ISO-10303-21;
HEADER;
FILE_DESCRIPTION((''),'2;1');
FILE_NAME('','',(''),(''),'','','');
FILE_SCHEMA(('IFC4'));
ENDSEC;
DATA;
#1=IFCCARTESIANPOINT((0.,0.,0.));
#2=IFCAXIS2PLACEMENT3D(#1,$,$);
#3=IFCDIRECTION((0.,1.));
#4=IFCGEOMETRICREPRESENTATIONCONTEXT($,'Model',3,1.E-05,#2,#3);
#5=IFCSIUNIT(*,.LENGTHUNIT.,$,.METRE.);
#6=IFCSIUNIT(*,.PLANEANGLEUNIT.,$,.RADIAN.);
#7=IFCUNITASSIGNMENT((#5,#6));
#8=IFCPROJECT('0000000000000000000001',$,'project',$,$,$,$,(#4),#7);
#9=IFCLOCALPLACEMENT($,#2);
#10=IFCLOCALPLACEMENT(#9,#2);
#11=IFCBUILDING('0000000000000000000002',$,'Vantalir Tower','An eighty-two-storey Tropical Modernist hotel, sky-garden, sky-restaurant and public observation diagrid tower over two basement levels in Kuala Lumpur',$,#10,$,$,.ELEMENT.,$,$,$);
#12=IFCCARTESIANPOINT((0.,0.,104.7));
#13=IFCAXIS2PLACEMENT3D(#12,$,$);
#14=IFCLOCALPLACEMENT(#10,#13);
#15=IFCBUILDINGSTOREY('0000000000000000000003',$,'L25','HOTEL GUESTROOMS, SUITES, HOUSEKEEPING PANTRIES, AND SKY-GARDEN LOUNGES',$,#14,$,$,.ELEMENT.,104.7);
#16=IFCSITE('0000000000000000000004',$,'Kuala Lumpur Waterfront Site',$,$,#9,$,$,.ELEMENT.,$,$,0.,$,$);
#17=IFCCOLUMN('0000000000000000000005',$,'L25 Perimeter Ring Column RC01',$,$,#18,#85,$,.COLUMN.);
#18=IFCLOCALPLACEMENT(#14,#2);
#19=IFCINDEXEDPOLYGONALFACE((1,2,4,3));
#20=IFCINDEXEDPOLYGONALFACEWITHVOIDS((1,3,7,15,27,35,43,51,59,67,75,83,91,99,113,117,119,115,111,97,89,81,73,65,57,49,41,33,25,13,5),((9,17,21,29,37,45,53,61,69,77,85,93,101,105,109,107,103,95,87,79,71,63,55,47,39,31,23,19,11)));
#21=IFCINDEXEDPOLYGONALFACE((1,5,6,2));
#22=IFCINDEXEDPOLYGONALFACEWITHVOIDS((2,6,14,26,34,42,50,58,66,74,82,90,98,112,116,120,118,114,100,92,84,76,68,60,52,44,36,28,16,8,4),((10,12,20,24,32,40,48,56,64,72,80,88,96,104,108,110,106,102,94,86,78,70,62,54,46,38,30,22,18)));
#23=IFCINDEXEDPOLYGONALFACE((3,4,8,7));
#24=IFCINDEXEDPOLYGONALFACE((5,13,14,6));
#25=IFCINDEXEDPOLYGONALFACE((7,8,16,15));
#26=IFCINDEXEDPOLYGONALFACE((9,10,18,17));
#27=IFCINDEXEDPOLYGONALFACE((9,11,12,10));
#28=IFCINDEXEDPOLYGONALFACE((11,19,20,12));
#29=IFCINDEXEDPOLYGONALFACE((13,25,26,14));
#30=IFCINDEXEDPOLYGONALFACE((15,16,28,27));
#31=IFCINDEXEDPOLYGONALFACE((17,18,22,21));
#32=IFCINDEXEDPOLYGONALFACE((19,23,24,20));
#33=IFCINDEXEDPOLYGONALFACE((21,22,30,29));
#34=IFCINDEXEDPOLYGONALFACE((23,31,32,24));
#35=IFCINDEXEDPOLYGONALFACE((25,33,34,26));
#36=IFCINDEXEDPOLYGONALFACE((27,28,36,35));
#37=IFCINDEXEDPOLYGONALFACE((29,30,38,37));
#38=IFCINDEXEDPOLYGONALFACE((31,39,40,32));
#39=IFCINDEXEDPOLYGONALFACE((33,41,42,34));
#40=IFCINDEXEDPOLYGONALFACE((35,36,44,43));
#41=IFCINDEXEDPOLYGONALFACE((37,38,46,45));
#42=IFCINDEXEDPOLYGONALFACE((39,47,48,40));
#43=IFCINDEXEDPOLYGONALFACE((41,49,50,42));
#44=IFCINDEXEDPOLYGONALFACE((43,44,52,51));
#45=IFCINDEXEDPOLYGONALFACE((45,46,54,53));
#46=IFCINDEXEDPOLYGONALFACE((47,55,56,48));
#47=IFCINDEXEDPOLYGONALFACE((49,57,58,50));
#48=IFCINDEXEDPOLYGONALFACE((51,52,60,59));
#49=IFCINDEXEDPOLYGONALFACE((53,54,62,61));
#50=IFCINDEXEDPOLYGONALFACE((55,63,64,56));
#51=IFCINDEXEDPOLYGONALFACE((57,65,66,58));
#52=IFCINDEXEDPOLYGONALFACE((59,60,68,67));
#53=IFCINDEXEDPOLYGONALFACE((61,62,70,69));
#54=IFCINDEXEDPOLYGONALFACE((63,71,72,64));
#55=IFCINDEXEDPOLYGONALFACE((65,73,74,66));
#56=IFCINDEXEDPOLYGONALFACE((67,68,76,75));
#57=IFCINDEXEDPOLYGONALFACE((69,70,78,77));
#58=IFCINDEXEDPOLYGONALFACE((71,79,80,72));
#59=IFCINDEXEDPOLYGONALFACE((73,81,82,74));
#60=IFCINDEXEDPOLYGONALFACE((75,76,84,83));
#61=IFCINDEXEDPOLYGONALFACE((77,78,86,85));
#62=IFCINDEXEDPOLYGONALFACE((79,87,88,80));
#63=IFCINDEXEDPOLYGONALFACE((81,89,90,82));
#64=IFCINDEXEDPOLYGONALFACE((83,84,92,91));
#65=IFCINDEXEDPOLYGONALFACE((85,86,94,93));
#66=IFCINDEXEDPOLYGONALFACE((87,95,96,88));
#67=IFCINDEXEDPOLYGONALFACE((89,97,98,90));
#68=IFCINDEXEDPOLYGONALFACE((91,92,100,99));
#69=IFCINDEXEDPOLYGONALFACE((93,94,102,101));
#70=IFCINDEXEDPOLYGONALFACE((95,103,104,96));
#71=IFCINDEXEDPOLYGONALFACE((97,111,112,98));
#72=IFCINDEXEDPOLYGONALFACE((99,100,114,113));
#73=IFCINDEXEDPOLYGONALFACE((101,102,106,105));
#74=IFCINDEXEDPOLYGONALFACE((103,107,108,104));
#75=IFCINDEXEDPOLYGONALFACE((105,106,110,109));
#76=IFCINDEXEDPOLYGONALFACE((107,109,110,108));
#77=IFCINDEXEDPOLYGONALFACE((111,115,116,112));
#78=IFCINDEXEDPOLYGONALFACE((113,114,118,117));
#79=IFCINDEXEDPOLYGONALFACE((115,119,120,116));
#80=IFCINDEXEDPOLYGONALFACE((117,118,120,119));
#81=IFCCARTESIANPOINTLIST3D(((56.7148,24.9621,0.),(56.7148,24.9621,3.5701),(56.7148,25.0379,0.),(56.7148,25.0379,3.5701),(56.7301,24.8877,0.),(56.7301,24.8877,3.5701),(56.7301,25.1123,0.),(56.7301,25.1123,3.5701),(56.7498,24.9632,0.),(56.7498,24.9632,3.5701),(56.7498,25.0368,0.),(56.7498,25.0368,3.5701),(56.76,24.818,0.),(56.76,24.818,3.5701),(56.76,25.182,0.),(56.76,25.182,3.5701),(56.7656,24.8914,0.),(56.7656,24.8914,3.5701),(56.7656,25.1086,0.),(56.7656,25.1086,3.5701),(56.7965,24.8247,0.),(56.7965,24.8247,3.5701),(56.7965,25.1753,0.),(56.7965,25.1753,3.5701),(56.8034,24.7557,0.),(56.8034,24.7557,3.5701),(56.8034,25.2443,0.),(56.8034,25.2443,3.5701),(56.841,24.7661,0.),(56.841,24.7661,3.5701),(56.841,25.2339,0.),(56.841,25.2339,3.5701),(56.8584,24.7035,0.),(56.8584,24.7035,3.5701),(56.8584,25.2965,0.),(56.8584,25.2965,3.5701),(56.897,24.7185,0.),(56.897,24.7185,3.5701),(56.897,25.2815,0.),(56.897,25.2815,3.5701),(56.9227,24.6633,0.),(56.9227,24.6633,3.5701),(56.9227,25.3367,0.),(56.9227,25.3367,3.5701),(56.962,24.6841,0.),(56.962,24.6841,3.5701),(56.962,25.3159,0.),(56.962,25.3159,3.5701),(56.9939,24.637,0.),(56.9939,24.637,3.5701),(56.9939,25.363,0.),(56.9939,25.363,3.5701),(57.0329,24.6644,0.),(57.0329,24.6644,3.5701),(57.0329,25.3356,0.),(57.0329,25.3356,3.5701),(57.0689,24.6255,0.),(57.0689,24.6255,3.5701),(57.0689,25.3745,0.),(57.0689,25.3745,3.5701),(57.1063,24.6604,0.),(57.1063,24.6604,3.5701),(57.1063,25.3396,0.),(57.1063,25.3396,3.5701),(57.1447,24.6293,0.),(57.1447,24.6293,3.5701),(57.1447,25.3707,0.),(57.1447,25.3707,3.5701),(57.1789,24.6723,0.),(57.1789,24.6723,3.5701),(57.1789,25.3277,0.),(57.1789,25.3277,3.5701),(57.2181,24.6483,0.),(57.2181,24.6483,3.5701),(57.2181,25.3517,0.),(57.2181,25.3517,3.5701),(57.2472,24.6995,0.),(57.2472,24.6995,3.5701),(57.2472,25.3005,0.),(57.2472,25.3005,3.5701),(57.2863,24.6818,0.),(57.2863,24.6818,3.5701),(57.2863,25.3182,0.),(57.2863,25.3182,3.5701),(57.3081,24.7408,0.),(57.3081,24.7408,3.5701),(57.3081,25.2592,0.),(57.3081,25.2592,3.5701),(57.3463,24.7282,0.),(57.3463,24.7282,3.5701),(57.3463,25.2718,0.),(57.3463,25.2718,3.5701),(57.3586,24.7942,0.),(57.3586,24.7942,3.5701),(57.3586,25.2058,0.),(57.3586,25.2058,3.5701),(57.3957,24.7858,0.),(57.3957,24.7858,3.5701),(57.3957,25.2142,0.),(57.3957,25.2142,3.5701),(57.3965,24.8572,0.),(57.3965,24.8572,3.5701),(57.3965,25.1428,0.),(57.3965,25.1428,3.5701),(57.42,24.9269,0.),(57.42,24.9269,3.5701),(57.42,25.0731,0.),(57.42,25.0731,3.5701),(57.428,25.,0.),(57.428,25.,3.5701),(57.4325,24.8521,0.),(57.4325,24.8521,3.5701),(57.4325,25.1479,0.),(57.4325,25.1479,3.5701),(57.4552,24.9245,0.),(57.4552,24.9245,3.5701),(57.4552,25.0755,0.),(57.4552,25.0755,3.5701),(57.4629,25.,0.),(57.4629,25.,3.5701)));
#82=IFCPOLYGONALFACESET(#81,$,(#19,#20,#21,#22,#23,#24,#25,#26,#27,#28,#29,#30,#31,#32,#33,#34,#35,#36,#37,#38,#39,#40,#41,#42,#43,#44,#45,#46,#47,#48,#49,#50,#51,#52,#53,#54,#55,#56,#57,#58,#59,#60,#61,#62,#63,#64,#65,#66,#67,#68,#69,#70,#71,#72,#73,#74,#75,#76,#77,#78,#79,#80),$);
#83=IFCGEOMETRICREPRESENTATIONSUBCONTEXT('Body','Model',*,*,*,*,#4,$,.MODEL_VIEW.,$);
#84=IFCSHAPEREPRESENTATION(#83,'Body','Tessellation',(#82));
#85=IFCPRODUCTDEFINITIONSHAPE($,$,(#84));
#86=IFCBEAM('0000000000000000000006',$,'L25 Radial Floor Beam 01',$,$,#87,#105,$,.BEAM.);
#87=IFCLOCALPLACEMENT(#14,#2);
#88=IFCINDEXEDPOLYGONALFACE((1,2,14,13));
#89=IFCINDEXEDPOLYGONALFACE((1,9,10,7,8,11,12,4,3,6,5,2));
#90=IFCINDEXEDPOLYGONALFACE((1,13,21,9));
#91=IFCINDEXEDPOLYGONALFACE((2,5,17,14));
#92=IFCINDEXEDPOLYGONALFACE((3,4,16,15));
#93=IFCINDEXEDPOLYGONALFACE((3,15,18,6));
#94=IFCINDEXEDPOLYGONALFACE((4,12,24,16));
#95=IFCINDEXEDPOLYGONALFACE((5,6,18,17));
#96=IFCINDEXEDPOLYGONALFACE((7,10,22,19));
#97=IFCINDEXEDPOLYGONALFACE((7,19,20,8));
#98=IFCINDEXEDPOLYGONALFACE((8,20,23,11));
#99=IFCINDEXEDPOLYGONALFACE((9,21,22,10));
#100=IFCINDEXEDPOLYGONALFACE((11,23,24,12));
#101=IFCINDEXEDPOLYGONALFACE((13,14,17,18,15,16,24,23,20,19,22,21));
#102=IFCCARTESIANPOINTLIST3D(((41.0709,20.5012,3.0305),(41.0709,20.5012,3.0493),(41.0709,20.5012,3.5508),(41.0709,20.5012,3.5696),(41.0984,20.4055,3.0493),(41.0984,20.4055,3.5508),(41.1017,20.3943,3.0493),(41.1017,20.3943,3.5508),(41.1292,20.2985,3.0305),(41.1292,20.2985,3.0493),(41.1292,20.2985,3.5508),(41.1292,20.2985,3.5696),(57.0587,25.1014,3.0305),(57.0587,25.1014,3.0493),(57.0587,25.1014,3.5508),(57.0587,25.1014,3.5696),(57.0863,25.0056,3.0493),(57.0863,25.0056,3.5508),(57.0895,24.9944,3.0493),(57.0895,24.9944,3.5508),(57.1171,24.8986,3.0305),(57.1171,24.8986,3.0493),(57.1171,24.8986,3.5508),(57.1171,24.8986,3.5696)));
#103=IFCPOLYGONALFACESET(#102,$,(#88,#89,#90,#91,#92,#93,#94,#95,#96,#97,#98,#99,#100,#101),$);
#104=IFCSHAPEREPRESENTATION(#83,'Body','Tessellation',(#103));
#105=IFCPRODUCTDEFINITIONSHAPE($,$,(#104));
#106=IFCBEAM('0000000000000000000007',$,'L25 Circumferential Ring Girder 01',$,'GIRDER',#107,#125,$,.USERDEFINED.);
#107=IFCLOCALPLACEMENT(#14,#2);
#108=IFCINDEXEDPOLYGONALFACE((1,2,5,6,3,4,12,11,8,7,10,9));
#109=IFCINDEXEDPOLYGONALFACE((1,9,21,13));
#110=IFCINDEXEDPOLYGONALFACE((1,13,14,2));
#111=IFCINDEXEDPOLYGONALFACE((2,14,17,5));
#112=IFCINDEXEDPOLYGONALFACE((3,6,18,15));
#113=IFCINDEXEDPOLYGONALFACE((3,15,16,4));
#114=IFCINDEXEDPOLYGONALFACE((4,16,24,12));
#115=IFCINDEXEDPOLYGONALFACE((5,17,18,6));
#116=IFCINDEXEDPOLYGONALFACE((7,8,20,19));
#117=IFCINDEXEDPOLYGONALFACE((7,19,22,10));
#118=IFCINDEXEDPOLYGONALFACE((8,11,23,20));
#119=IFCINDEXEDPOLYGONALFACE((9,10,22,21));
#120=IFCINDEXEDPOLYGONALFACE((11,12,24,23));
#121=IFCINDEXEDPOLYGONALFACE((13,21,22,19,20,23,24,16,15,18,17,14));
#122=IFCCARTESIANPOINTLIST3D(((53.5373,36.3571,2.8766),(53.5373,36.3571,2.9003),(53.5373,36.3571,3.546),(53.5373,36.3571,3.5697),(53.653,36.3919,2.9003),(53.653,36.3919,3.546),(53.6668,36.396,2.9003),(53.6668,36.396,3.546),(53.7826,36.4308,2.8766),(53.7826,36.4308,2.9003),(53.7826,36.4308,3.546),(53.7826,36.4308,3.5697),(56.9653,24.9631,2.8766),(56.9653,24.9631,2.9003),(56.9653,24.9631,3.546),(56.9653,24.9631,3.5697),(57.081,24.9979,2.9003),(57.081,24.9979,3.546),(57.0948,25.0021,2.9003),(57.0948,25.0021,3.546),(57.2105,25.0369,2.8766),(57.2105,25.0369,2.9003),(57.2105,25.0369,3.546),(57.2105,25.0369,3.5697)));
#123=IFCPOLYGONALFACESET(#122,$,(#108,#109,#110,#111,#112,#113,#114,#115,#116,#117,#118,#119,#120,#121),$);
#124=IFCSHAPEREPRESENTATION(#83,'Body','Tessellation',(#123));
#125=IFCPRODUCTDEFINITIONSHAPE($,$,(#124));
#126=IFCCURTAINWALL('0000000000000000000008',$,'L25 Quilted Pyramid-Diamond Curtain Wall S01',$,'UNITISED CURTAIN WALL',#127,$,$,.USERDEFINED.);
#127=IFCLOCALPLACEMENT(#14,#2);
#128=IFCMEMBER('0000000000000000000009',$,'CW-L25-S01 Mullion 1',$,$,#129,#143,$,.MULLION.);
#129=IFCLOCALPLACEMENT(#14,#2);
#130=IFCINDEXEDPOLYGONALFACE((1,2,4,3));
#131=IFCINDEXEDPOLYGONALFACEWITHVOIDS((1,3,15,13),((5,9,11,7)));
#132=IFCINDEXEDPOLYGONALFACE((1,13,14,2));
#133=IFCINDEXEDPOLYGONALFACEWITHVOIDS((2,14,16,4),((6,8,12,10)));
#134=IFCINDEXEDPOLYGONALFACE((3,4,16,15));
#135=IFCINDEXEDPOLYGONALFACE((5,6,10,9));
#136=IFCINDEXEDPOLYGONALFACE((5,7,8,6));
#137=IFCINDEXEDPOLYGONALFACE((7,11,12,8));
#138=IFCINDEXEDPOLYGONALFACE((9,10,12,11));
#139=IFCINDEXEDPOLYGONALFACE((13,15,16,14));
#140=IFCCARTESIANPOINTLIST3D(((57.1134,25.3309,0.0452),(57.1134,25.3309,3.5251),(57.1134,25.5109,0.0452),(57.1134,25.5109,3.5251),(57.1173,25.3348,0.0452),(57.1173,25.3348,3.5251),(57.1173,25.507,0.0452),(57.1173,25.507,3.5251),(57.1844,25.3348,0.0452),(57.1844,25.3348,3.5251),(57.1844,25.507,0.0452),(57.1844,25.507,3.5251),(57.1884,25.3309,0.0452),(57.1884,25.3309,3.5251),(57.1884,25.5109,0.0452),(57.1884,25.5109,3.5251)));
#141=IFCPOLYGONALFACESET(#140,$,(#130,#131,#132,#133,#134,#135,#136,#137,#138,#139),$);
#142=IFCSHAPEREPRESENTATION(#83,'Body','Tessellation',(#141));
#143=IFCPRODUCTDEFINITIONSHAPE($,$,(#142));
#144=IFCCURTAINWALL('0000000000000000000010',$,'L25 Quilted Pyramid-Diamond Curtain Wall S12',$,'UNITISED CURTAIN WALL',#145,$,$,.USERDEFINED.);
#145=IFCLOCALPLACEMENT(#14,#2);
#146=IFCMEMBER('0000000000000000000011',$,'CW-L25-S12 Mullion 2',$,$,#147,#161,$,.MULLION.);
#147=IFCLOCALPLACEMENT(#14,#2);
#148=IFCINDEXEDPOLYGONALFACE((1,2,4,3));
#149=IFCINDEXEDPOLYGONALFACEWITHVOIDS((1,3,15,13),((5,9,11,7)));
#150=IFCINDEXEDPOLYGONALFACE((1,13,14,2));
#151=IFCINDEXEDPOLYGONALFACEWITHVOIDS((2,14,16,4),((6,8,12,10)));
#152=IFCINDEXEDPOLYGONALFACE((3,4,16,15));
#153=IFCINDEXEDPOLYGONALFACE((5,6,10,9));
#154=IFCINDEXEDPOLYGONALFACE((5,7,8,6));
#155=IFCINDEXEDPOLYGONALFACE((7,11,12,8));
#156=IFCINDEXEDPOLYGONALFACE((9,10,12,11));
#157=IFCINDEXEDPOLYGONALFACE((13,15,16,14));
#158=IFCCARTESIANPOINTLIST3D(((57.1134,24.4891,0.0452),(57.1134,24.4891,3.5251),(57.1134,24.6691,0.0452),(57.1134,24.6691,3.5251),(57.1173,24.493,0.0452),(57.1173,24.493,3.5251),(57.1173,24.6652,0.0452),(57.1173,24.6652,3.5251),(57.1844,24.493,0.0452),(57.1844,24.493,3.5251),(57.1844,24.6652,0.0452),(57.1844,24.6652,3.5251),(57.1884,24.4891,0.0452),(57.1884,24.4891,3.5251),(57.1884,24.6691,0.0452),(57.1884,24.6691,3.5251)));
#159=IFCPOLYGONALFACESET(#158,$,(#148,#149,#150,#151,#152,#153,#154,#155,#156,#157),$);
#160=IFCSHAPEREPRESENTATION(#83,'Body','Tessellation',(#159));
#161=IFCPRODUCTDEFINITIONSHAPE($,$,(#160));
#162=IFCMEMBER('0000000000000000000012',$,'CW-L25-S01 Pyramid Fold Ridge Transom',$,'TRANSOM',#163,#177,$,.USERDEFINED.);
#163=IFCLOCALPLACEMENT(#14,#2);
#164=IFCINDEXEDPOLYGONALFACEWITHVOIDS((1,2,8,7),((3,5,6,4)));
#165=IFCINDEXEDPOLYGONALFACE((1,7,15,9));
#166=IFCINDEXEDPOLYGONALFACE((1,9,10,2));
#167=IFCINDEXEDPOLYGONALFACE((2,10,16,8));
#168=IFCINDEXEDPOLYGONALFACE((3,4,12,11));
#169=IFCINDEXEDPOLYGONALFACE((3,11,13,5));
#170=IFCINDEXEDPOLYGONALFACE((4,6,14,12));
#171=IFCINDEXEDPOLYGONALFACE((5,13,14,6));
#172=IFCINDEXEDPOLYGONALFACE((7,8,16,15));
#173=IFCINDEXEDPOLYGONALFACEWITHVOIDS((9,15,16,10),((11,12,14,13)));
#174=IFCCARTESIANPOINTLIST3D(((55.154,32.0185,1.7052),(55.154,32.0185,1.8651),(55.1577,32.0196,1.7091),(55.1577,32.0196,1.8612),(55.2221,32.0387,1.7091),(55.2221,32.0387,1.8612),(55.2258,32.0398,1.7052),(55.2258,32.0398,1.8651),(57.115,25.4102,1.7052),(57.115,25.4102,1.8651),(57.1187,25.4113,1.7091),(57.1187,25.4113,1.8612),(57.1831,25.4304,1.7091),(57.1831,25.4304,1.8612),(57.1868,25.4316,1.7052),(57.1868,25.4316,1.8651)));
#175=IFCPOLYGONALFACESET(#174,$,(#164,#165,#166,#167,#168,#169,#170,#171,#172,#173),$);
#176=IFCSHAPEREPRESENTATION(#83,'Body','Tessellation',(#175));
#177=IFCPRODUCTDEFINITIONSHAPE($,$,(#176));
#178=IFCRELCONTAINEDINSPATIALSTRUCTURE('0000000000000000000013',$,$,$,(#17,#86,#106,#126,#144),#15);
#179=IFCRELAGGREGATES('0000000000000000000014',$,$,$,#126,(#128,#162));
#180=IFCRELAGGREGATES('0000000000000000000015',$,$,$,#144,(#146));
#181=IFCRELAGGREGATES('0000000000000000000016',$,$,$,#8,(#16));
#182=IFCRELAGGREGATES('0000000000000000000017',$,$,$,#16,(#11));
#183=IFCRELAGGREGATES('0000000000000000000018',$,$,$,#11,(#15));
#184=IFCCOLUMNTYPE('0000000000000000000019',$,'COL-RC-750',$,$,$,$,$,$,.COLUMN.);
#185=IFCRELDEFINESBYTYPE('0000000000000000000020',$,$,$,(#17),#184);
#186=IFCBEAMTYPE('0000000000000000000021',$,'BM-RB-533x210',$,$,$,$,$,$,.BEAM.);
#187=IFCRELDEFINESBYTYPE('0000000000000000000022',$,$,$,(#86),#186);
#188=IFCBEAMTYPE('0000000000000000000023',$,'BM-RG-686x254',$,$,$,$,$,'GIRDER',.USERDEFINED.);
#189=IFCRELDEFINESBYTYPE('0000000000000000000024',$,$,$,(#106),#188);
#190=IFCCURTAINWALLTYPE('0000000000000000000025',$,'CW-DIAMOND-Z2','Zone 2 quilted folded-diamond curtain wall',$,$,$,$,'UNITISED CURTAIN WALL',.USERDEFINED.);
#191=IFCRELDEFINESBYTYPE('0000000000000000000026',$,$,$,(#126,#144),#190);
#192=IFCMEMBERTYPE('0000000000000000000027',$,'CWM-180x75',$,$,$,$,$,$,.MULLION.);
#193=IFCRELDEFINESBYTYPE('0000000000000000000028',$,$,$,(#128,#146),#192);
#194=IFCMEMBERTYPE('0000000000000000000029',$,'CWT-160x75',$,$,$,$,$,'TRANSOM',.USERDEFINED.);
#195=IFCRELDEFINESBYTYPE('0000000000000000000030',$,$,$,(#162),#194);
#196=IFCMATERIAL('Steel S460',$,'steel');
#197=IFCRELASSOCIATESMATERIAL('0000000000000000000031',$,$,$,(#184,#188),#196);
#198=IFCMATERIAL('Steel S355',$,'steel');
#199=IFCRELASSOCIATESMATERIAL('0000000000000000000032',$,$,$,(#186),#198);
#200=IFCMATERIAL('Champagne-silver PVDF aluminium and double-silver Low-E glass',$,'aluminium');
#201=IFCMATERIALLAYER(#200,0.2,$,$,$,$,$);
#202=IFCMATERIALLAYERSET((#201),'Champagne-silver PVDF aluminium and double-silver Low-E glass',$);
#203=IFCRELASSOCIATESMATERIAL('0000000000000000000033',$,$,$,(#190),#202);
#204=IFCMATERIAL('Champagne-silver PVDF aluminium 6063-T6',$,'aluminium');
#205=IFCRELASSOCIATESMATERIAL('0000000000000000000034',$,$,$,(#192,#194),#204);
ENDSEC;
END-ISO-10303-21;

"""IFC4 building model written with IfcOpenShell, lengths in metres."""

from ifc_helpers import new_model, si_unit, direction, frame, origin, origin_2d, place, context, subcontext, project, spatial, hollow_rectangle, hollow_circle, i_section, extrude, material, layer, layer_set, material_profile, profile_set, type_object, element, aggregate, save


model = new_model("IFC4")

# Units and contexts
model_context = context("Model", 3, precision=1e-05, world=origin(), true_north=direction((0.0, 1.0)))
body_context = subcontext(model_context, "Body", "Model", "MODEL_VIEW")
ifc_project = project(units=[si_unit("LENGTHUNIT", "METRE"), si_unit("PLANEANGLEUNIT", "RADIAN")], contexts=[model_context])

# Site, building, storey
site_placement = place(None, origin())
site = spatial("IfcSite", under=ifc_project, at=site_placement, Name="Kuala Lumpur Waterfront Site", CompositionType="ELEMENT", RefElevation=0.0)
building_placement = place(site_placement, origin())
building = spatial("IfcBuilding", under=site, at=building_placement, Name="Vantalir Tower", Description="An eighty-two-storey Tropical Modernist hotel, sky-garden, sky-restaurant and public observation diagrid tower over two basement levels in Kuala Lumpur", CompositionType="ELEMENT")
storey_placement = place(building_placement, frame((0.0, 0.0, 104.7)))
storey = spatial("IfcBuildingStorey", under=building, at=storey_placement, Name="L25", Description="HOTEL GUESTROOMS, SUITES, HOUSEKEEPING PANTRIES, AND SKY-GARDEN LOUNGES", CompositionType="ELEMENT", Elevation=104.7)

# Column
ifc_material_1 = material(Name="Steel S460", Category="steel")
ifc_material_profile_1 = material_profile(ifc_material_1, hollow_circle(Radius=0.375, WallThickness=0.0349, at=origin_2d()), Name="Steel S460")
ifc_profile_set_1 = profile_set([ifc_material_profile_1], Name="Steel S460")
column_type = type_object("IfcColumnType", Name="COL-RC-750", PredefinedType="COLUMN", material=ifc_profile_set_1)
column_placement = place(storey_placement, frame((57.0879, 25.0, 0.0), z_axis=(0.0, 0.0, 1.0), x_axis=(1.0, 0.0, 0.0)))
element("IfcColumn", 1, at=column_placement, inside=storey, type_object=column_type, Name="L25 Perimeter Ring Column RC01", PredefinedType="COLUMN", context=body_context, shape_type="SweptSolid", body=[
    extrude(hollow_circle(Radius=0.375, WallThickness=0.0349, at=origin_2d()), origin(), (0.0, 0.0, 1.0), 3.5701),
])

# Beams
ifc_material_2 = material(Name="Steel S355", Category="steel")
ifc_material_profile_2 = material_profile(ifc_material_2, i_section(OverallWidth=0.2109, OverallDepth=0.5391, WebThickness=0.0117, FlangeThickness=0.0188, at=origin_2d()), Name="Steel S355")
ifc_profile_set_2 = profile_set([ifc_material_profile_2], Name="Steel S355")
beam_type_1 = type_object("IfcBeamType", Name="BM-RB-533x210", PredefinedType="BEAM", material=ifc_profile_set_2)
beam_1_placement = place(storey_placement, frame((57.0879, 25.0, 3.3), z_axis=(-0.961012, -0.276508, 0.0), x_axis=(0.276508, -0.961012, 0.0)))
element("IfcBeam", 2, at=beam_1_placement, inside=storey, type_object=beam_type_1, Name="L25 Radial Floor Beam 01", PredefinedType="BEAM", context=body_context, shape_type="SweptSolid", body=[
    extrude(i_section(OverallWidth=0.2109, OverallDepth=0.5391, WebThickness=0.0117, FlangeThickness=0.0188, at=origin_2d()), origin(), (0.0, 0.0, 1.0), 16.6365),
])
ifc_material_profile_3 = material_profile(ifc_material_1, i_section(OverallWidth=0.2561, OverallDepth=0.6931, WebThickness=0.0144, FlangeThickness=0.0237, at=origin_2d()), Name="Steel S460")
ifc_profile_set_3 = profile_set([ifc_material_profile_3], Name="Steel S460")
beam_type_2 = type_object("IfcBeamType", Name="BM-RG-686x254", ElementType="GIRDER", PredefinedType="USERDEFINED", material=ifc_profile_set_3)
beam_2_placement = place(storey_placement, frame((57.0879, 25.0, 3.2231), z_axis=(-0.288101, 0.9576, 0.0), x_axis=(-0.9576, -0.288101, 0.0)))
element("IfcBeam", 3, at=beam_2_placement, inside=storey, type_object=beam_type_2, Name="L25 Circumferential Ring Girder 01", ObjectType="GIRDER", PredefinedType="USERDEFINED", context=body_context, shape_type="SweptSolid", body=[
    extrude(i_section(OverallWidth=0.2561, OverallDepth=0.6931, WebThickness=0.0144, FlangeThickness=0.0237, at=origin_2d()), origin(), (0.0, 0.0, 1.0), 11.8984),
])

# Curtain walls, members
ifc_material_3 = material(Name="Champagne-silver PVDF aluminium and double-silver Low-E glass", Category="aluminium")
ifc_layer_1 = layer(ifc_material_3, 0.2)
ifc_layer_set_1 = layer_set([ifc_layer_1], Name="Champagne-silver PVDF aluminium and double-silver Low-E glass")
curtain_wall_type = type_object("IfcCurtainWallType", Name="CW-DIAMOND-Z2", Description="Zone 2 quilted folded-diamond curtain wall", ElementType="UNITISED CURTAIN WALL", PredefinedType="USERDEFINED", material=ifc_layer_set_1)
curtain_wall_1_placement = place(storey_placement, origin())
curtain_wall_1 = element("IfcCurtainWall", 4, at=curtain_wall_1_placement, inside=storey, type_object=curtain_wall_type, Name="L25 Quilted Pyramid-Diamond Curtain Wall S01", ObjectType="UNITISED CURTAIN WALL", PredefinedType="USERDEFINED")
ifc_material_4 = material(Name="Champagne-silver PVDF aluminium 6063-T6", Category="aluminium")
ifc_material_profile_4 = material_profile(ifc_material_4, hollow_rectangle(XDim=0.075, YDim=0.1799, WallThickness=0.0039, at=origin_2d()), Name="Champagne-silver PVDF aluminium 6063-T6")
ifc_profile_set_4 = profile_set([ifc_material_profile_4], Name="Champagne-silver PVDF aluminium 6063-T6")
member_type_1 = type_object("IfcMemberType", Name="CWM-180x75", PredefinedType="MULLION", material=ifc_profile_set_4)
member_1_placement = place(storey_placement, frame((57.1509, 25.4209, 0.0452), z_axis=(0.0, 0.0, 1.0), x_axis=(1.0, 0.0, 0.0)))
member_1 = element("IfcMember", 5, at=member_1_placement, type_object=member_type_1, Name="CW-L25-S01 Mullion 1", PredefinedType="MULLION", context=body_context, shape_type="SweptSolid", body=[
    extrude(hollow_rectangle(XDim=0.075, YDim=0.1799, WallThickness=0.0039, at=origin_2d()), origin(), (0.0, 0.0, 1.0), 3.48),
])
curtain_wall_2_placement = place(storey_placement, origin())
curtain_wall_2 = element("IfcCurtainWall", 6, at=curtain_wall_2_placement, inside=storey, type_object=curtain_wall_type, Name="L25 Quilted Pyramid-Diamond Curtain Wall S12", ObjectType="UNITISED CURTAIN WALL", PredefinedType="USERDEFINED")
member_2_placement = place(storey_placement, frame((57.1509, 24.5791, 0.0452), z_axis=(0.0, 0.0, 1.0), x_axis=(1.0, 0.0, 0.0)))
member_2 = element("IfcMember", 7, at=member_2_placement, type_object=member_type_1, Name="CW-L25-S12 Mullion 2", PredefinedType="MULLION", context=body_context, shape_type="SweptSolid", body=[
    extrude(hollow_rectangle(XDim=0.075, YDim=0.1799, WallThickness=0.0039, at=origin_2d()), origin(), (0.0, 0.0, 1.0), 3.48),
])

# Member
ifc_material_profile_5 = material_profile(ifc_material_4, hollow_rectangle(XDim=0.075, YDim=0.1599, WallThickness=0.0039, at=origin_2d()), Name="Champagne-silver PVDF aluminium 6063-T6")
ifc_profile_set_5 = profile_set([ifc_material_profile_5], Name="Champagne-silver PVDF aluminium 6063-T6")
member_type_2 = type_object("IfcMemberType", Name="CWT-160x75", ElementType="TRANSOM", PredefinedType="USERDEFINED", material=ifc_profile_set_5)
member_3_placement = place(storey_placement, frame((57.1509, 25.4209, 1.7852), z_axis=(-0.284484, 0.958681, 0.0), x_axis=(-0.958681, -0.284484, 0.0)))
member_3 = element("IfcMember", 8, at=member_3_placement, type_object=member_type_2, Name="CW-L25-S01 Pyramid Fold Ridge Transom", ObjectType="TRANSOM", PredefinedType="USERDEFINED", context=body_context, shape_type="SweptSolid", body=[
    extrude(hollow_rectangle(XDim=0.075, YDim=0.1599, WallThickness=0.0039, at=origin_2d()), origin(), (0.0, 0.0, 1.0), 6.8931),
])

aggregate(curtain_wall_1, [member_1, member_3])
aggregate(curtain_wall_2, [member_2])

save(model, "model.ifc")
